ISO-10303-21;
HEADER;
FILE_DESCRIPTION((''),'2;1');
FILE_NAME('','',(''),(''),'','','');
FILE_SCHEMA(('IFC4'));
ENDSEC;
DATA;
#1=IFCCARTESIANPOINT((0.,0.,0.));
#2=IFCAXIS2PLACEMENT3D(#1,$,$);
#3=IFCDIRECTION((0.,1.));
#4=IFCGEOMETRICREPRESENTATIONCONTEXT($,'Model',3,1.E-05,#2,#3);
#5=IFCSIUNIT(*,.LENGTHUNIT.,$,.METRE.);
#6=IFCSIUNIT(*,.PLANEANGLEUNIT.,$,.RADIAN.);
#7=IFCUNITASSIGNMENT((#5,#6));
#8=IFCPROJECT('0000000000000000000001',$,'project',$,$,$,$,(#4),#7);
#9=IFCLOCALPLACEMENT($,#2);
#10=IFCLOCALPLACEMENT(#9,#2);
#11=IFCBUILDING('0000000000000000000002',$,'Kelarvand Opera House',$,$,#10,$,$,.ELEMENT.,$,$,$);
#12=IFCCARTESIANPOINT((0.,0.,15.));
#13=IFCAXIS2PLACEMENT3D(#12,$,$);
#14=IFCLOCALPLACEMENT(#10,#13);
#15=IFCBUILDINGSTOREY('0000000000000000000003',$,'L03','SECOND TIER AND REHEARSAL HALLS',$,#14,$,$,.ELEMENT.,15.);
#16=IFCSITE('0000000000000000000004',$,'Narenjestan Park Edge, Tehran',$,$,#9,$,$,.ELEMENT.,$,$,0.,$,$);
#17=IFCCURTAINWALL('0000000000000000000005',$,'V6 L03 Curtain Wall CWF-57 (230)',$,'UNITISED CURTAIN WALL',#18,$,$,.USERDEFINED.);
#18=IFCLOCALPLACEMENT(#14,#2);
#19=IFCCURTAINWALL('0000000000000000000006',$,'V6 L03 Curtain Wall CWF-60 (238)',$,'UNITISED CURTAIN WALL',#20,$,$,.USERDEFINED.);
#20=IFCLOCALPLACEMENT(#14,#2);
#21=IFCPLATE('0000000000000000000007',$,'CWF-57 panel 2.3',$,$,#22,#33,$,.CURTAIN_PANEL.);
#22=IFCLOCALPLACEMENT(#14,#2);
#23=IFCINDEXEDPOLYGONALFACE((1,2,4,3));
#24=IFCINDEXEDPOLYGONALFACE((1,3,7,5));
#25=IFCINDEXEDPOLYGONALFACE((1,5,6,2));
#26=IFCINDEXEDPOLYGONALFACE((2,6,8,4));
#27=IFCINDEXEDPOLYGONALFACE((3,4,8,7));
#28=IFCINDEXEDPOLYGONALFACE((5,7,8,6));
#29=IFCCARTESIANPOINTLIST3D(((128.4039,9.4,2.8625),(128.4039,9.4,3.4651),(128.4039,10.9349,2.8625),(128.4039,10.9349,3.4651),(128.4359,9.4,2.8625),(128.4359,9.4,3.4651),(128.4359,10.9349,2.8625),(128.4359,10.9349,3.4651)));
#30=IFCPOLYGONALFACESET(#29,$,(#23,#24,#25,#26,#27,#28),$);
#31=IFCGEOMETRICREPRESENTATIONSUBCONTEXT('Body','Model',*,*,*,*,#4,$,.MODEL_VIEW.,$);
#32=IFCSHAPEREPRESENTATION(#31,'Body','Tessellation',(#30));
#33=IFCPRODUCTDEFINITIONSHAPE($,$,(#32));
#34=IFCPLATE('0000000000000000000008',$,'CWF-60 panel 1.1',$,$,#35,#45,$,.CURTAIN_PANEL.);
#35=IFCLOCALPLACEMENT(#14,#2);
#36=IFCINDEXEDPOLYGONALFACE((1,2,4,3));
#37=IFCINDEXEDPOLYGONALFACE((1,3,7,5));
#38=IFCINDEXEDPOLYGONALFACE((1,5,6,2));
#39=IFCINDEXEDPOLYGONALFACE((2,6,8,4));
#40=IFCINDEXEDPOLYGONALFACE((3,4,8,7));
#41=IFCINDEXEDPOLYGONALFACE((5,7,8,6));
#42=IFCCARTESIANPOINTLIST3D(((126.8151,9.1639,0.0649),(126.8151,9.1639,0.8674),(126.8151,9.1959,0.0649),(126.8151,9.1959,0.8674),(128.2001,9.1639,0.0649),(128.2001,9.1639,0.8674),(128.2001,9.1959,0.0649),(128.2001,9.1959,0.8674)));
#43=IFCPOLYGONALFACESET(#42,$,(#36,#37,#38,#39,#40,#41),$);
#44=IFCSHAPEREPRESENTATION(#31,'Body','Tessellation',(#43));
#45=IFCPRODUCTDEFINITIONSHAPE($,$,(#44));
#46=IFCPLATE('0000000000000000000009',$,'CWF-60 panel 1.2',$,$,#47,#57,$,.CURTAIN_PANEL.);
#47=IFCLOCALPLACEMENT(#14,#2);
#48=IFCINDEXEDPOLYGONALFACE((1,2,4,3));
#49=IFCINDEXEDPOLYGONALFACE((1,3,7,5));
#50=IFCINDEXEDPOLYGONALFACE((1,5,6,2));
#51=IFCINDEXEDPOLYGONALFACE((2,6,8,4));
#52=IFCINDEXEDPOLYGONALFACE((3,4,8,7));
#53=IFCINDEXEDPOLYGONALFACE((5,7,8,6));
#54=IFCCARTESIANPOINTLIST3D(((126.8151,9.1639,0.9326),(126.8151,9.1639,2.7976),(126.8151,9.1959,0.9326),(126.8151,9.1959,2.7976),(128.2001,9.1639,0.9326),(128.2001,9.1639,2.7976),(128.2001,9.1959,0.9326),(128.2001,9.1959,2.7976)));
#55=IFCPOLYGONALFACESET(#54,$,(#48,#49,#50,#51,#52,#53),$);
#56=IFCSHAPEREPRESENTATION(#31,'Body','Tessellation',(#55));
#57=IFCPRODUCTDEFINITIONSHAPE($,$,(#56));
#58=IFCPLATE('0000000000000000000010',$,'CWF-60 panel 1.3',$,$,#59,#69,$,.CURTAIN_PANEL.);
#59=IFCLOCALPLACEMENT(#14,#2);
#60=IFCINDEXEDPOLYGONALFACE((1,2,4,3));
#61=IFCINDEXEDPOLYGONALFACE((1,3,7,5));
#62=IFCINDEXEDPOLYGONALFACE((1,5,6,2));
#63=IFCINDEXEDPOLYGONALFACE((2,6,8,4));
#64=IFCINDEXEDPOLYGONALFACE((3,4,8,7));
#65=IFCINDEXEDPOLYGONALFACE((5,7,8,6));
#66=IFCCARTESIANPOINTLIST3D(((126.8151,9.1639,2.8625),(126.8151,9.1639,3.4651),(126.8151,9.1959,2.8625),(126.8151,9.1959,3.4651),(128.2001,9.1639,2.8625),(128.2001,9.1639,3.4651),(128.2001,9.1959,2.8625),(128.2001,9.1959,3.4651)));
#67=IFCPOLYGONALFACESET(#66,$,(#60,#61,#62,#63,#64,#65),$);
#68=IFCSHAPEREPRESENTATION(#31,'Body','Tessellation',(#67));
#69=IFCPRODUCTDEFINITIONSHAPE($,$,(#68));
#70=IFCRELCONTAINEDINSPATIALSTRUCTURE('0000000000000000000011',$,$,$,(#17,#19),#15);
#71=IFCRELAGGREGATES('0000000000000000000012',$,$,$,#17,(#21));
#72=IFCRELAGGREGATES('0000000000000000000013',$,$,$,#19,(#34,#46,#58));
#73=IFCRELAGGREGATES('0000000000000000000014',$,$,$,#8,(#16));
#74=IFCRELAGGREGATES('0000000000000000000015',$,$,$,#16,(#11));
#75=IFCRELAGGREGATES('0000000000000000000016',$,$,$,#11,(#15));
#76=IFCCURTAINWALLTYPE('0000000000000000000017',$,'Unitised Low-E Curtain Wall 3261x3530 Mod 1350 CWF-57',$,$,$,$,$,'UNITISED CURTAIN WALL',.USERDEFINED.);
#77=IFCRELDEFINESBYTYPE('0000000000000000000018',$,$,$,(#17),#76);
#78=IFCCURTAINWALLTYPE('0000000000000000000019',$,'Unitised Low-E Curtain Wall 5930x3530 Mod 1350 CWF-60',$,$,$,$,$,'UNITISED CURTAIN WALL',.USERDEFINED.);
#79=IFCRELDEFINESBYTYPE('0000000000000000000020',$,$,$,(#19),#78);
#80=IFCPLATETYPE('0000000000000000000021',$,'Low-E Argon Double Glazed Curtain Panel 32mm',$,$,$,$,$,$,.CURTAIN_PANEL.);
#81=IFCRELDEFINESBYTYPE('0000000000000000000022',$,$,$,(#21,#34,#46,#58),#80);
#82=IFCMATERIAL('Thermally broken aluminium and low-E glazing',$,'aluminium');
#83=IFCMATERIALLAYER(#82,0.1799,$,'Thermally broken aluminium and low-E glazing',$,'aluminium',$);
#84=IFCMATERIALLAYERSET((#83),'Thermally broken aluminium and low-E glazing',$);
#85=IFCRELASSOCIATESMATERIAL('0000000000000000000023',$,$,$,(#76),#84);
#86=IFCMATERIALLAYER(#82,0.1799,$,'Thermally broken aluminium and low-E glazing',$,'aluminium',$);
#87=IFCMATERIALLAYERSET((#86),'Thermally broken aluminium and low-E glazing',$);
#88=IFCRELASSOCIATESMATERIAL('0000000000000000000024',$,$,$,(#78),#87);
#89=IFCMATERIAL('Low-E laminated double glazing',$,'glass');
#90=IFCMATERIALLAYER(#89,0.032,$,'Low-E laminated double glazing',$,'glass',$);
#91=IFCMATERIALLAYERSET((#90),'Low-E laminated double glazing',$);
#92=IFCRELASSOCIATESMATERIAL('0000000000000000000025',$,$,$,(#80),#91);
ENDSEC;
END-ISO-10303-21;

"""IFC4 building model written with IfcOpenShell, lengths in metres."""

from ifc_helpers import new_model, si_unit, direction, frame, origin, origin_2d, place, context, subcontext, project, spatial, rectangle, extrude, material, layer, layer_set, type_object, element, aggregate, save


model = new_model("IFC4")

# Units and contexts
model_context = context("Model", 3, precision=1e-05, world=origin(), true_north=direction((0.0, 1.0)))
body_context = subcontext(model_context, "Body", "Model", "MODEL_VIEW")
ifc_project = project(units=[si_unit("LENGTHUNIT", "METRE"), si_unit("PLANEANGLEUNIT", "RADIAN")], contexts=[model_context])

# Site, building, storey
site_placement = place(None, origin())
site = spatial("IfcSite", under=ifc_project, at=site_placement, Name="Narenjestan Park Edge, Tehran", CompositionType="ELEMENT", RefElevation=0.0)
building_placement = place(site_placement, origin())
building = spatial("IfcBuilding", under=site, at=building_placement, Name="Kelarvand Opera House", CompositionType="ELEMENT")
storey_placement = place(building_placement, frame((0.0, 0.0, 15.0)))
storey = spatial("IfcBuildingStorey", under=building, at=storey_placement, Name="L03", Description="SECOND TIER AND REHEARSAL HALLS", CompositionType="ELEMENT", Elevation=15.0)

# Shared definitions
ifc_material_1 = material(Name="Thermally broken aluminium and low-E glazing", Category="aluminium")
ifc_layer_1 = layer(ifc_material_1, 0.1799, Name="Thermally broken aluminium and low-E glazing", Category="aluminium")
ifc_layer_set_1 = layer_set([ifc_layer_1], Name="Thermally broken aluminium and low-E glazing")
curtain_wall_type_1 = type_object("IfcCurtainWallType", Name="Unitised Low-E Curtain Wall 3261x3530 Mod 1350 CWF-57", ElementType="UNITISED CURTAIN WALL", PredefinedType="USERDEFINED", material=ifc_layer_set_1)

# Curtain wall
curtain_wall_1_placement = place(storey_placement, origin())
curtain_wall_1 = element("IfcCurtainWall", 1, at=curtain_wall_1_placement, inside=storey, type_object=curtain_wall_type_1, Name="V6 L03 Curtain Wall CWF-57 (230)", ObjectType="UNITISED CURTAIN WALL", PredefinedType="USERDEFINED")

# Curtain wall
ifc_layer_2 = layer(ifc_material_1, 0.1799, Name="Thermally broken aluminium and low-E glazing", Category="aluminium")
ifc_layer_set_2 = layer_set([ifc_layer_2], Name="Thermally broken aluminium and low-E glazing")
curtain_wall_type_2 = type_object("IfcCurtainWallType", Name="Unitised Low-E Curtain Wall 5930x3530 Mod 1350 CWF-60", ElementType="UNITISED CURTAIN WALL", PredefinedType="USERDEFINED", material=ifc_layer_set_2)
curtain_wall_2_placement = place(storey_placement, origin())
curtain_wall_2 = element("IfcCurtainWall", 2, at=curtain_wall_2_placement, inside=storey, type_object=curtain_wall_type_2, Name="V6 L03 Curtain Wall CWF-60 (238)", ObjectType="UNITISED CURTAIN WALL", PredefinedType="USERDEFINED")

# Plates
ifc_material_2 = material(Name="Low-E laminated double glazing", Category="glass")
ifc_layer_3 = layer(ifc_material_2, 0.032, Name="Low-E laminated double glazing", Category="glass")
ifc_layer_set_3 = layer_set([ifc_layer_3], Name="Low-E laminated double glazing")
plate_type = type_object("IfcPlateType", Name="Low-E Argon Double Glazed Curtain Panel 32mm", PredefinedType="CURTAIN_PANEL", material=ifc_layer_set_3)
plate_1_placement = place(storey_placement, frame((128.4199, 10.1675, 2.8625), z_axis=(0.0, 0.0, 1.0), x_axis=(0.0, -1.0, 0.0)))
plate_1 = element("IfcPlate", 3, at=plate_1_placement, type_object=plate_type, Name="CWF-57 panel 2.3", PredefinedType="CURTAIN_PANEL", context=body_context, shape_type="SweptSolid", body=[
    extrude(rectangle(XDim=1.5349, YDim=0.032, at=origin_2d()), origin(), (0.0, 0.0, 1.0), 0.6025),
])
aggregate(curtain_wall_1, [plate_1])
plate_2_placement = place(storey_placement, frame((127.5076, 9.1799, 0.0649), z_axis=(0.0, 0.0, 1.0), x_axis=(-1.0, 0.0, 0.0)))
plate_2 = element("IfcPlate", 4, at=plate_2_placement, type_object=plate_type, Name="CWF-60 panel 1.1", PredefinedType="CURTAIN_PANEL", context=body_context, shape_type="SweptSolid", body=[
    extrude(rectangle(XDim=1.385, YDim=0.032, at=origin_2d()), origin(), (0.0, 0.0, 1.0), 0.8025),
])
plate_3_placement = place(storey_placement, frame((127.5076, 9.1799, 0.9326), z_axis=(0.0, 0.0, 1.0), x_axis=(-1.0, 0.0, 0.0)))
plate_3 = element("IfcPlate", 5, at=plate_3_placement, type_object=plate_type, Name="CWF-60 panel 1.2", PredefinedType="CURTAIN_PANEL", context=body_context, shape_type="SweptSolid", body=[
    extrude(rectangle(XDim=1.385, YDim=0.032, at=origin_2d()), origin(), (0.0, 0.0, 1.0), 1.865),
])
plate_4_placement = place(storey_placement, frame((127.5076, 9.1799, 2.8625), z_axis=(0.0, 0.0, 1.0), x_axis=(-1.0, 0.0, 0.0)))
plate_4 = element("IfcPlate", 6, at=plate_4_placement, type_object=plate_type, Name="CWF-60 panel 1.3", PredefinedType="CURTAIN_PANEL", context=body_context, shape_type="SweptSolid", body=[
    extrude(rectangle(XDim=1.385, YDim=0.032, at=origin_2d()), origin(), (0.0, 0.0, 1.0), 0.6025),
])
aggregate(curtain_wall_2, [plate_2, plate_3, plate_4])

save(model, "model.ifc")
